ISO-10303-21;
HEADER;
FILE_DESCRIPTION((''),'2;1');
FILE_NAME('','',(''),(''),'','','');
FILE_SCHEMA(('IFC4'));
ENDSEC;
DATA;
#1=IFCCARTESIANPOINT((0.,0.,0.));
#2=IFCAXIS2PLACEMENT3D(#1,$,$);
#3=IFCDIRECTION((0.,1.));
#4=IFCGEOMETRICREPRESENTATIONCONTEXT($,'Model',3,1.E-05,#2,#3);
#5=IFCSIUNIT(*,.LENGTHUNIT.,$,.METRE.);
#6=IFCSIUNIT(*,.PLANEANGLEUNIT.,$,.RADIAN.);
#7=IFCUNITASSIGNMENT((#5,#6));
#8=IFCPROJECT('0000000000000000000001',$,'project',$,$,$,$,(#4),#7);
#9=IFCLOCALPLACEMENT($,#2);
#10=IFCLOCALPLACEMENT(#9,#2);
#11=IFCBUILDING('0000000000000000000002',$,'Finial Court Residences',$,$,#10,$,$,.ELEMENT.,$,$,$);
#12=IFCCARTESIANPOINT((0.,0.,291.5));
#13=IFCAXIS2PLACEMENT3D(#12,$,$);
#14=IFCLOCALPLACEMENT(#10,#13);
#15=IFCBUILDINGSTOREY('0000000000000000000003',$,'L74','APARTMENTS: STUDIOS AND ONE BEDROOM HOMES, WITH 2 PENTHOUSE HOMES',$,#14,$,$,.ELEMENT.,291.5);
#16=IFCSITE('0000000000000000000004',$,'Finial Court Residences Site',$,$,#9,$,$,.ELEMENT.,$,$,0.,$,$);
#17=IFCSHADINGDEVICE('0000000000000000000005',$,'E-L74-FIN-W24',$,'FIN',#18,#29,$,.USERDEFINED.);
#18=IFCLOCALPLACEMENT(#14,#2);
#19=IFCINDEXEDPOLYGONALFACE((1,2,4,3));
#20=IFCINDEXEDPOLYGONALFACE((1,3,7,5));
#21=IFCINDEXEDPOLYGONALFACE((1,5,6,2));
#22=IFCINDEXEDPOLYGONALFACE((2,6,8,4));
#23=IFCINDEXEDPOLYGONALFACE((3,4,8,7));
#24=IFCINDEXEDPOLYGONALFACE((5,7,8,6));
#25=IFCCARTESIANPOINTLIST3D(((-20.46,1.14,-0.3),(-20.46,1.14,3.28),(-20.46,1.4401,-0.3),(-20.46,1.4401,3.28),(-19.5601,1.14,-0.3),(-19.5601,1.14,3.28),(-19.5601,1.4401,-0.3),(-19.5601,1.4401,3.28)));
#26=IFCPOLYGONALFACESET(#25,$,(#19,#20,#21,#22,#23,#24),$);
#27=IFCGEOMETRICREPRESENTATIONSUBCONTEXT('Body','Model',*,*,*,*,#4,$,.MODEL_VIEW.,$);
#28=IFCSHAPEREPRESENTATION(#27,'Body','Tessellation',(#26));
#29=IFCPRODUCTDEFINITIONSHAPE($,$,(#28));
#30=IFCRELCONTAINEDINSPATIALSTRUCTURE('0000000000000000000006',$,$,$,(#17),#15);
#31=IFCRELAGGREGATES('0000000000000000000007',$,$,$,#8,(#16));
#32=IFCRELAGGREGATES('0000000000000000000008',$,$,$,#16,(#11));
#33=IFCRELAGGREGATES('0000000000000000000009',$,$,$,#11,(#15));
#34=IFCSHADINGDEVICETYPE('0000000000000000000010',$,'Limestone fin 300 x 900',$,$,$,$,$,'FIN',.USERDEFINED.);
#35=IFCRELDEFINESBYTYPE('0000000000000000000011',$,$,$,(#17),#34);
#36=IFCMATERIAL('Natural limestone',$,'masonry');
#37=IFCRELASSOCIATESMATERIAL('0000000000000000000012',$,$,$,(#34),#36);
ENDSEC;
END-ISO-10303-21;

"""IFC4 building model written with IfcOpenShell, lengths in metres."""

from ifc_helpers import new_model, si_unit, direction, frame, origin, origin_2d, place, context, subcontext, project, spatial, rectangle, extrude, material, type_object, element, save


model = new_model("IFC4")

# Units and contexts
model_context = context("Model", 3, precision=1e-05, world=origin(), true_north=direction((0.0, 1.0)))
body_context = subcontext(model_context, "Body", "Model", "MODEL_VIEW")
ifc_project = project(units=[si_unit("LENGTHUNIT", "METRE"), si_unit("PLANEANGLEUNIT", "RADIAN")], contexts=[model_context])

# Site, building, storey
site_placement = place(None, origin())
site = spatial("IfcSite", under=ifc_project, at=site_placement, Name="Finial Court Residences Site", CompositionType="ELEMENT", RefElevation=0.0)
building_placement = place(site_placement, origin())
building = spatial("IfcBuilding", under=site, at=building_placement, Name="Finial Court Residences", CompositionType="ELEMENT")
storey_placement = place(building_placement, frame((0.0, 0.0, 291.5)))
storey = spatial("IfcBuildingStorey", under=building, at=storey_placement, Name="L74", Description="APARTMENTS: STUDIOS AND ONE BEDROOM HOMES, WITH 2 PENTHOUSE HOMES", CompositionType="ELEMENT", Elevation=291.5)

# Shading device
ifc_material_1 = material(Name="Natural limestone", Category="masonry")
shading_device_type = type_object("IfcShadingDeviceType", Name="Limestone fin 300 x 900", ElementType="FIN", PredefinedType="USERDEFINED", material=ifc_material_1)
shading_device_placement = place(storey_placement, frame((-20.01, 1.29, -0.3), z_axis=(0.0, 0.0, 1.0), x_axis=(1.0, 0.0, 0.0)))
element("IfcShadingDevice", 1, at=shading_device_placement, inside=storey, type_object=shading_device_type, Name="E-L74-FIN-W24", ObjectType="FIN", PredefinedType="USERDEFINED", context=body_context, shape_type="SweptSolid", body=[
    extrude(rectangle(XDim=0.8999, YDim=0.3, at=origin_2d()), origin(), (0.0, 0.0, 1.0), 3.5801),
])

save(model, "model.ifc")
